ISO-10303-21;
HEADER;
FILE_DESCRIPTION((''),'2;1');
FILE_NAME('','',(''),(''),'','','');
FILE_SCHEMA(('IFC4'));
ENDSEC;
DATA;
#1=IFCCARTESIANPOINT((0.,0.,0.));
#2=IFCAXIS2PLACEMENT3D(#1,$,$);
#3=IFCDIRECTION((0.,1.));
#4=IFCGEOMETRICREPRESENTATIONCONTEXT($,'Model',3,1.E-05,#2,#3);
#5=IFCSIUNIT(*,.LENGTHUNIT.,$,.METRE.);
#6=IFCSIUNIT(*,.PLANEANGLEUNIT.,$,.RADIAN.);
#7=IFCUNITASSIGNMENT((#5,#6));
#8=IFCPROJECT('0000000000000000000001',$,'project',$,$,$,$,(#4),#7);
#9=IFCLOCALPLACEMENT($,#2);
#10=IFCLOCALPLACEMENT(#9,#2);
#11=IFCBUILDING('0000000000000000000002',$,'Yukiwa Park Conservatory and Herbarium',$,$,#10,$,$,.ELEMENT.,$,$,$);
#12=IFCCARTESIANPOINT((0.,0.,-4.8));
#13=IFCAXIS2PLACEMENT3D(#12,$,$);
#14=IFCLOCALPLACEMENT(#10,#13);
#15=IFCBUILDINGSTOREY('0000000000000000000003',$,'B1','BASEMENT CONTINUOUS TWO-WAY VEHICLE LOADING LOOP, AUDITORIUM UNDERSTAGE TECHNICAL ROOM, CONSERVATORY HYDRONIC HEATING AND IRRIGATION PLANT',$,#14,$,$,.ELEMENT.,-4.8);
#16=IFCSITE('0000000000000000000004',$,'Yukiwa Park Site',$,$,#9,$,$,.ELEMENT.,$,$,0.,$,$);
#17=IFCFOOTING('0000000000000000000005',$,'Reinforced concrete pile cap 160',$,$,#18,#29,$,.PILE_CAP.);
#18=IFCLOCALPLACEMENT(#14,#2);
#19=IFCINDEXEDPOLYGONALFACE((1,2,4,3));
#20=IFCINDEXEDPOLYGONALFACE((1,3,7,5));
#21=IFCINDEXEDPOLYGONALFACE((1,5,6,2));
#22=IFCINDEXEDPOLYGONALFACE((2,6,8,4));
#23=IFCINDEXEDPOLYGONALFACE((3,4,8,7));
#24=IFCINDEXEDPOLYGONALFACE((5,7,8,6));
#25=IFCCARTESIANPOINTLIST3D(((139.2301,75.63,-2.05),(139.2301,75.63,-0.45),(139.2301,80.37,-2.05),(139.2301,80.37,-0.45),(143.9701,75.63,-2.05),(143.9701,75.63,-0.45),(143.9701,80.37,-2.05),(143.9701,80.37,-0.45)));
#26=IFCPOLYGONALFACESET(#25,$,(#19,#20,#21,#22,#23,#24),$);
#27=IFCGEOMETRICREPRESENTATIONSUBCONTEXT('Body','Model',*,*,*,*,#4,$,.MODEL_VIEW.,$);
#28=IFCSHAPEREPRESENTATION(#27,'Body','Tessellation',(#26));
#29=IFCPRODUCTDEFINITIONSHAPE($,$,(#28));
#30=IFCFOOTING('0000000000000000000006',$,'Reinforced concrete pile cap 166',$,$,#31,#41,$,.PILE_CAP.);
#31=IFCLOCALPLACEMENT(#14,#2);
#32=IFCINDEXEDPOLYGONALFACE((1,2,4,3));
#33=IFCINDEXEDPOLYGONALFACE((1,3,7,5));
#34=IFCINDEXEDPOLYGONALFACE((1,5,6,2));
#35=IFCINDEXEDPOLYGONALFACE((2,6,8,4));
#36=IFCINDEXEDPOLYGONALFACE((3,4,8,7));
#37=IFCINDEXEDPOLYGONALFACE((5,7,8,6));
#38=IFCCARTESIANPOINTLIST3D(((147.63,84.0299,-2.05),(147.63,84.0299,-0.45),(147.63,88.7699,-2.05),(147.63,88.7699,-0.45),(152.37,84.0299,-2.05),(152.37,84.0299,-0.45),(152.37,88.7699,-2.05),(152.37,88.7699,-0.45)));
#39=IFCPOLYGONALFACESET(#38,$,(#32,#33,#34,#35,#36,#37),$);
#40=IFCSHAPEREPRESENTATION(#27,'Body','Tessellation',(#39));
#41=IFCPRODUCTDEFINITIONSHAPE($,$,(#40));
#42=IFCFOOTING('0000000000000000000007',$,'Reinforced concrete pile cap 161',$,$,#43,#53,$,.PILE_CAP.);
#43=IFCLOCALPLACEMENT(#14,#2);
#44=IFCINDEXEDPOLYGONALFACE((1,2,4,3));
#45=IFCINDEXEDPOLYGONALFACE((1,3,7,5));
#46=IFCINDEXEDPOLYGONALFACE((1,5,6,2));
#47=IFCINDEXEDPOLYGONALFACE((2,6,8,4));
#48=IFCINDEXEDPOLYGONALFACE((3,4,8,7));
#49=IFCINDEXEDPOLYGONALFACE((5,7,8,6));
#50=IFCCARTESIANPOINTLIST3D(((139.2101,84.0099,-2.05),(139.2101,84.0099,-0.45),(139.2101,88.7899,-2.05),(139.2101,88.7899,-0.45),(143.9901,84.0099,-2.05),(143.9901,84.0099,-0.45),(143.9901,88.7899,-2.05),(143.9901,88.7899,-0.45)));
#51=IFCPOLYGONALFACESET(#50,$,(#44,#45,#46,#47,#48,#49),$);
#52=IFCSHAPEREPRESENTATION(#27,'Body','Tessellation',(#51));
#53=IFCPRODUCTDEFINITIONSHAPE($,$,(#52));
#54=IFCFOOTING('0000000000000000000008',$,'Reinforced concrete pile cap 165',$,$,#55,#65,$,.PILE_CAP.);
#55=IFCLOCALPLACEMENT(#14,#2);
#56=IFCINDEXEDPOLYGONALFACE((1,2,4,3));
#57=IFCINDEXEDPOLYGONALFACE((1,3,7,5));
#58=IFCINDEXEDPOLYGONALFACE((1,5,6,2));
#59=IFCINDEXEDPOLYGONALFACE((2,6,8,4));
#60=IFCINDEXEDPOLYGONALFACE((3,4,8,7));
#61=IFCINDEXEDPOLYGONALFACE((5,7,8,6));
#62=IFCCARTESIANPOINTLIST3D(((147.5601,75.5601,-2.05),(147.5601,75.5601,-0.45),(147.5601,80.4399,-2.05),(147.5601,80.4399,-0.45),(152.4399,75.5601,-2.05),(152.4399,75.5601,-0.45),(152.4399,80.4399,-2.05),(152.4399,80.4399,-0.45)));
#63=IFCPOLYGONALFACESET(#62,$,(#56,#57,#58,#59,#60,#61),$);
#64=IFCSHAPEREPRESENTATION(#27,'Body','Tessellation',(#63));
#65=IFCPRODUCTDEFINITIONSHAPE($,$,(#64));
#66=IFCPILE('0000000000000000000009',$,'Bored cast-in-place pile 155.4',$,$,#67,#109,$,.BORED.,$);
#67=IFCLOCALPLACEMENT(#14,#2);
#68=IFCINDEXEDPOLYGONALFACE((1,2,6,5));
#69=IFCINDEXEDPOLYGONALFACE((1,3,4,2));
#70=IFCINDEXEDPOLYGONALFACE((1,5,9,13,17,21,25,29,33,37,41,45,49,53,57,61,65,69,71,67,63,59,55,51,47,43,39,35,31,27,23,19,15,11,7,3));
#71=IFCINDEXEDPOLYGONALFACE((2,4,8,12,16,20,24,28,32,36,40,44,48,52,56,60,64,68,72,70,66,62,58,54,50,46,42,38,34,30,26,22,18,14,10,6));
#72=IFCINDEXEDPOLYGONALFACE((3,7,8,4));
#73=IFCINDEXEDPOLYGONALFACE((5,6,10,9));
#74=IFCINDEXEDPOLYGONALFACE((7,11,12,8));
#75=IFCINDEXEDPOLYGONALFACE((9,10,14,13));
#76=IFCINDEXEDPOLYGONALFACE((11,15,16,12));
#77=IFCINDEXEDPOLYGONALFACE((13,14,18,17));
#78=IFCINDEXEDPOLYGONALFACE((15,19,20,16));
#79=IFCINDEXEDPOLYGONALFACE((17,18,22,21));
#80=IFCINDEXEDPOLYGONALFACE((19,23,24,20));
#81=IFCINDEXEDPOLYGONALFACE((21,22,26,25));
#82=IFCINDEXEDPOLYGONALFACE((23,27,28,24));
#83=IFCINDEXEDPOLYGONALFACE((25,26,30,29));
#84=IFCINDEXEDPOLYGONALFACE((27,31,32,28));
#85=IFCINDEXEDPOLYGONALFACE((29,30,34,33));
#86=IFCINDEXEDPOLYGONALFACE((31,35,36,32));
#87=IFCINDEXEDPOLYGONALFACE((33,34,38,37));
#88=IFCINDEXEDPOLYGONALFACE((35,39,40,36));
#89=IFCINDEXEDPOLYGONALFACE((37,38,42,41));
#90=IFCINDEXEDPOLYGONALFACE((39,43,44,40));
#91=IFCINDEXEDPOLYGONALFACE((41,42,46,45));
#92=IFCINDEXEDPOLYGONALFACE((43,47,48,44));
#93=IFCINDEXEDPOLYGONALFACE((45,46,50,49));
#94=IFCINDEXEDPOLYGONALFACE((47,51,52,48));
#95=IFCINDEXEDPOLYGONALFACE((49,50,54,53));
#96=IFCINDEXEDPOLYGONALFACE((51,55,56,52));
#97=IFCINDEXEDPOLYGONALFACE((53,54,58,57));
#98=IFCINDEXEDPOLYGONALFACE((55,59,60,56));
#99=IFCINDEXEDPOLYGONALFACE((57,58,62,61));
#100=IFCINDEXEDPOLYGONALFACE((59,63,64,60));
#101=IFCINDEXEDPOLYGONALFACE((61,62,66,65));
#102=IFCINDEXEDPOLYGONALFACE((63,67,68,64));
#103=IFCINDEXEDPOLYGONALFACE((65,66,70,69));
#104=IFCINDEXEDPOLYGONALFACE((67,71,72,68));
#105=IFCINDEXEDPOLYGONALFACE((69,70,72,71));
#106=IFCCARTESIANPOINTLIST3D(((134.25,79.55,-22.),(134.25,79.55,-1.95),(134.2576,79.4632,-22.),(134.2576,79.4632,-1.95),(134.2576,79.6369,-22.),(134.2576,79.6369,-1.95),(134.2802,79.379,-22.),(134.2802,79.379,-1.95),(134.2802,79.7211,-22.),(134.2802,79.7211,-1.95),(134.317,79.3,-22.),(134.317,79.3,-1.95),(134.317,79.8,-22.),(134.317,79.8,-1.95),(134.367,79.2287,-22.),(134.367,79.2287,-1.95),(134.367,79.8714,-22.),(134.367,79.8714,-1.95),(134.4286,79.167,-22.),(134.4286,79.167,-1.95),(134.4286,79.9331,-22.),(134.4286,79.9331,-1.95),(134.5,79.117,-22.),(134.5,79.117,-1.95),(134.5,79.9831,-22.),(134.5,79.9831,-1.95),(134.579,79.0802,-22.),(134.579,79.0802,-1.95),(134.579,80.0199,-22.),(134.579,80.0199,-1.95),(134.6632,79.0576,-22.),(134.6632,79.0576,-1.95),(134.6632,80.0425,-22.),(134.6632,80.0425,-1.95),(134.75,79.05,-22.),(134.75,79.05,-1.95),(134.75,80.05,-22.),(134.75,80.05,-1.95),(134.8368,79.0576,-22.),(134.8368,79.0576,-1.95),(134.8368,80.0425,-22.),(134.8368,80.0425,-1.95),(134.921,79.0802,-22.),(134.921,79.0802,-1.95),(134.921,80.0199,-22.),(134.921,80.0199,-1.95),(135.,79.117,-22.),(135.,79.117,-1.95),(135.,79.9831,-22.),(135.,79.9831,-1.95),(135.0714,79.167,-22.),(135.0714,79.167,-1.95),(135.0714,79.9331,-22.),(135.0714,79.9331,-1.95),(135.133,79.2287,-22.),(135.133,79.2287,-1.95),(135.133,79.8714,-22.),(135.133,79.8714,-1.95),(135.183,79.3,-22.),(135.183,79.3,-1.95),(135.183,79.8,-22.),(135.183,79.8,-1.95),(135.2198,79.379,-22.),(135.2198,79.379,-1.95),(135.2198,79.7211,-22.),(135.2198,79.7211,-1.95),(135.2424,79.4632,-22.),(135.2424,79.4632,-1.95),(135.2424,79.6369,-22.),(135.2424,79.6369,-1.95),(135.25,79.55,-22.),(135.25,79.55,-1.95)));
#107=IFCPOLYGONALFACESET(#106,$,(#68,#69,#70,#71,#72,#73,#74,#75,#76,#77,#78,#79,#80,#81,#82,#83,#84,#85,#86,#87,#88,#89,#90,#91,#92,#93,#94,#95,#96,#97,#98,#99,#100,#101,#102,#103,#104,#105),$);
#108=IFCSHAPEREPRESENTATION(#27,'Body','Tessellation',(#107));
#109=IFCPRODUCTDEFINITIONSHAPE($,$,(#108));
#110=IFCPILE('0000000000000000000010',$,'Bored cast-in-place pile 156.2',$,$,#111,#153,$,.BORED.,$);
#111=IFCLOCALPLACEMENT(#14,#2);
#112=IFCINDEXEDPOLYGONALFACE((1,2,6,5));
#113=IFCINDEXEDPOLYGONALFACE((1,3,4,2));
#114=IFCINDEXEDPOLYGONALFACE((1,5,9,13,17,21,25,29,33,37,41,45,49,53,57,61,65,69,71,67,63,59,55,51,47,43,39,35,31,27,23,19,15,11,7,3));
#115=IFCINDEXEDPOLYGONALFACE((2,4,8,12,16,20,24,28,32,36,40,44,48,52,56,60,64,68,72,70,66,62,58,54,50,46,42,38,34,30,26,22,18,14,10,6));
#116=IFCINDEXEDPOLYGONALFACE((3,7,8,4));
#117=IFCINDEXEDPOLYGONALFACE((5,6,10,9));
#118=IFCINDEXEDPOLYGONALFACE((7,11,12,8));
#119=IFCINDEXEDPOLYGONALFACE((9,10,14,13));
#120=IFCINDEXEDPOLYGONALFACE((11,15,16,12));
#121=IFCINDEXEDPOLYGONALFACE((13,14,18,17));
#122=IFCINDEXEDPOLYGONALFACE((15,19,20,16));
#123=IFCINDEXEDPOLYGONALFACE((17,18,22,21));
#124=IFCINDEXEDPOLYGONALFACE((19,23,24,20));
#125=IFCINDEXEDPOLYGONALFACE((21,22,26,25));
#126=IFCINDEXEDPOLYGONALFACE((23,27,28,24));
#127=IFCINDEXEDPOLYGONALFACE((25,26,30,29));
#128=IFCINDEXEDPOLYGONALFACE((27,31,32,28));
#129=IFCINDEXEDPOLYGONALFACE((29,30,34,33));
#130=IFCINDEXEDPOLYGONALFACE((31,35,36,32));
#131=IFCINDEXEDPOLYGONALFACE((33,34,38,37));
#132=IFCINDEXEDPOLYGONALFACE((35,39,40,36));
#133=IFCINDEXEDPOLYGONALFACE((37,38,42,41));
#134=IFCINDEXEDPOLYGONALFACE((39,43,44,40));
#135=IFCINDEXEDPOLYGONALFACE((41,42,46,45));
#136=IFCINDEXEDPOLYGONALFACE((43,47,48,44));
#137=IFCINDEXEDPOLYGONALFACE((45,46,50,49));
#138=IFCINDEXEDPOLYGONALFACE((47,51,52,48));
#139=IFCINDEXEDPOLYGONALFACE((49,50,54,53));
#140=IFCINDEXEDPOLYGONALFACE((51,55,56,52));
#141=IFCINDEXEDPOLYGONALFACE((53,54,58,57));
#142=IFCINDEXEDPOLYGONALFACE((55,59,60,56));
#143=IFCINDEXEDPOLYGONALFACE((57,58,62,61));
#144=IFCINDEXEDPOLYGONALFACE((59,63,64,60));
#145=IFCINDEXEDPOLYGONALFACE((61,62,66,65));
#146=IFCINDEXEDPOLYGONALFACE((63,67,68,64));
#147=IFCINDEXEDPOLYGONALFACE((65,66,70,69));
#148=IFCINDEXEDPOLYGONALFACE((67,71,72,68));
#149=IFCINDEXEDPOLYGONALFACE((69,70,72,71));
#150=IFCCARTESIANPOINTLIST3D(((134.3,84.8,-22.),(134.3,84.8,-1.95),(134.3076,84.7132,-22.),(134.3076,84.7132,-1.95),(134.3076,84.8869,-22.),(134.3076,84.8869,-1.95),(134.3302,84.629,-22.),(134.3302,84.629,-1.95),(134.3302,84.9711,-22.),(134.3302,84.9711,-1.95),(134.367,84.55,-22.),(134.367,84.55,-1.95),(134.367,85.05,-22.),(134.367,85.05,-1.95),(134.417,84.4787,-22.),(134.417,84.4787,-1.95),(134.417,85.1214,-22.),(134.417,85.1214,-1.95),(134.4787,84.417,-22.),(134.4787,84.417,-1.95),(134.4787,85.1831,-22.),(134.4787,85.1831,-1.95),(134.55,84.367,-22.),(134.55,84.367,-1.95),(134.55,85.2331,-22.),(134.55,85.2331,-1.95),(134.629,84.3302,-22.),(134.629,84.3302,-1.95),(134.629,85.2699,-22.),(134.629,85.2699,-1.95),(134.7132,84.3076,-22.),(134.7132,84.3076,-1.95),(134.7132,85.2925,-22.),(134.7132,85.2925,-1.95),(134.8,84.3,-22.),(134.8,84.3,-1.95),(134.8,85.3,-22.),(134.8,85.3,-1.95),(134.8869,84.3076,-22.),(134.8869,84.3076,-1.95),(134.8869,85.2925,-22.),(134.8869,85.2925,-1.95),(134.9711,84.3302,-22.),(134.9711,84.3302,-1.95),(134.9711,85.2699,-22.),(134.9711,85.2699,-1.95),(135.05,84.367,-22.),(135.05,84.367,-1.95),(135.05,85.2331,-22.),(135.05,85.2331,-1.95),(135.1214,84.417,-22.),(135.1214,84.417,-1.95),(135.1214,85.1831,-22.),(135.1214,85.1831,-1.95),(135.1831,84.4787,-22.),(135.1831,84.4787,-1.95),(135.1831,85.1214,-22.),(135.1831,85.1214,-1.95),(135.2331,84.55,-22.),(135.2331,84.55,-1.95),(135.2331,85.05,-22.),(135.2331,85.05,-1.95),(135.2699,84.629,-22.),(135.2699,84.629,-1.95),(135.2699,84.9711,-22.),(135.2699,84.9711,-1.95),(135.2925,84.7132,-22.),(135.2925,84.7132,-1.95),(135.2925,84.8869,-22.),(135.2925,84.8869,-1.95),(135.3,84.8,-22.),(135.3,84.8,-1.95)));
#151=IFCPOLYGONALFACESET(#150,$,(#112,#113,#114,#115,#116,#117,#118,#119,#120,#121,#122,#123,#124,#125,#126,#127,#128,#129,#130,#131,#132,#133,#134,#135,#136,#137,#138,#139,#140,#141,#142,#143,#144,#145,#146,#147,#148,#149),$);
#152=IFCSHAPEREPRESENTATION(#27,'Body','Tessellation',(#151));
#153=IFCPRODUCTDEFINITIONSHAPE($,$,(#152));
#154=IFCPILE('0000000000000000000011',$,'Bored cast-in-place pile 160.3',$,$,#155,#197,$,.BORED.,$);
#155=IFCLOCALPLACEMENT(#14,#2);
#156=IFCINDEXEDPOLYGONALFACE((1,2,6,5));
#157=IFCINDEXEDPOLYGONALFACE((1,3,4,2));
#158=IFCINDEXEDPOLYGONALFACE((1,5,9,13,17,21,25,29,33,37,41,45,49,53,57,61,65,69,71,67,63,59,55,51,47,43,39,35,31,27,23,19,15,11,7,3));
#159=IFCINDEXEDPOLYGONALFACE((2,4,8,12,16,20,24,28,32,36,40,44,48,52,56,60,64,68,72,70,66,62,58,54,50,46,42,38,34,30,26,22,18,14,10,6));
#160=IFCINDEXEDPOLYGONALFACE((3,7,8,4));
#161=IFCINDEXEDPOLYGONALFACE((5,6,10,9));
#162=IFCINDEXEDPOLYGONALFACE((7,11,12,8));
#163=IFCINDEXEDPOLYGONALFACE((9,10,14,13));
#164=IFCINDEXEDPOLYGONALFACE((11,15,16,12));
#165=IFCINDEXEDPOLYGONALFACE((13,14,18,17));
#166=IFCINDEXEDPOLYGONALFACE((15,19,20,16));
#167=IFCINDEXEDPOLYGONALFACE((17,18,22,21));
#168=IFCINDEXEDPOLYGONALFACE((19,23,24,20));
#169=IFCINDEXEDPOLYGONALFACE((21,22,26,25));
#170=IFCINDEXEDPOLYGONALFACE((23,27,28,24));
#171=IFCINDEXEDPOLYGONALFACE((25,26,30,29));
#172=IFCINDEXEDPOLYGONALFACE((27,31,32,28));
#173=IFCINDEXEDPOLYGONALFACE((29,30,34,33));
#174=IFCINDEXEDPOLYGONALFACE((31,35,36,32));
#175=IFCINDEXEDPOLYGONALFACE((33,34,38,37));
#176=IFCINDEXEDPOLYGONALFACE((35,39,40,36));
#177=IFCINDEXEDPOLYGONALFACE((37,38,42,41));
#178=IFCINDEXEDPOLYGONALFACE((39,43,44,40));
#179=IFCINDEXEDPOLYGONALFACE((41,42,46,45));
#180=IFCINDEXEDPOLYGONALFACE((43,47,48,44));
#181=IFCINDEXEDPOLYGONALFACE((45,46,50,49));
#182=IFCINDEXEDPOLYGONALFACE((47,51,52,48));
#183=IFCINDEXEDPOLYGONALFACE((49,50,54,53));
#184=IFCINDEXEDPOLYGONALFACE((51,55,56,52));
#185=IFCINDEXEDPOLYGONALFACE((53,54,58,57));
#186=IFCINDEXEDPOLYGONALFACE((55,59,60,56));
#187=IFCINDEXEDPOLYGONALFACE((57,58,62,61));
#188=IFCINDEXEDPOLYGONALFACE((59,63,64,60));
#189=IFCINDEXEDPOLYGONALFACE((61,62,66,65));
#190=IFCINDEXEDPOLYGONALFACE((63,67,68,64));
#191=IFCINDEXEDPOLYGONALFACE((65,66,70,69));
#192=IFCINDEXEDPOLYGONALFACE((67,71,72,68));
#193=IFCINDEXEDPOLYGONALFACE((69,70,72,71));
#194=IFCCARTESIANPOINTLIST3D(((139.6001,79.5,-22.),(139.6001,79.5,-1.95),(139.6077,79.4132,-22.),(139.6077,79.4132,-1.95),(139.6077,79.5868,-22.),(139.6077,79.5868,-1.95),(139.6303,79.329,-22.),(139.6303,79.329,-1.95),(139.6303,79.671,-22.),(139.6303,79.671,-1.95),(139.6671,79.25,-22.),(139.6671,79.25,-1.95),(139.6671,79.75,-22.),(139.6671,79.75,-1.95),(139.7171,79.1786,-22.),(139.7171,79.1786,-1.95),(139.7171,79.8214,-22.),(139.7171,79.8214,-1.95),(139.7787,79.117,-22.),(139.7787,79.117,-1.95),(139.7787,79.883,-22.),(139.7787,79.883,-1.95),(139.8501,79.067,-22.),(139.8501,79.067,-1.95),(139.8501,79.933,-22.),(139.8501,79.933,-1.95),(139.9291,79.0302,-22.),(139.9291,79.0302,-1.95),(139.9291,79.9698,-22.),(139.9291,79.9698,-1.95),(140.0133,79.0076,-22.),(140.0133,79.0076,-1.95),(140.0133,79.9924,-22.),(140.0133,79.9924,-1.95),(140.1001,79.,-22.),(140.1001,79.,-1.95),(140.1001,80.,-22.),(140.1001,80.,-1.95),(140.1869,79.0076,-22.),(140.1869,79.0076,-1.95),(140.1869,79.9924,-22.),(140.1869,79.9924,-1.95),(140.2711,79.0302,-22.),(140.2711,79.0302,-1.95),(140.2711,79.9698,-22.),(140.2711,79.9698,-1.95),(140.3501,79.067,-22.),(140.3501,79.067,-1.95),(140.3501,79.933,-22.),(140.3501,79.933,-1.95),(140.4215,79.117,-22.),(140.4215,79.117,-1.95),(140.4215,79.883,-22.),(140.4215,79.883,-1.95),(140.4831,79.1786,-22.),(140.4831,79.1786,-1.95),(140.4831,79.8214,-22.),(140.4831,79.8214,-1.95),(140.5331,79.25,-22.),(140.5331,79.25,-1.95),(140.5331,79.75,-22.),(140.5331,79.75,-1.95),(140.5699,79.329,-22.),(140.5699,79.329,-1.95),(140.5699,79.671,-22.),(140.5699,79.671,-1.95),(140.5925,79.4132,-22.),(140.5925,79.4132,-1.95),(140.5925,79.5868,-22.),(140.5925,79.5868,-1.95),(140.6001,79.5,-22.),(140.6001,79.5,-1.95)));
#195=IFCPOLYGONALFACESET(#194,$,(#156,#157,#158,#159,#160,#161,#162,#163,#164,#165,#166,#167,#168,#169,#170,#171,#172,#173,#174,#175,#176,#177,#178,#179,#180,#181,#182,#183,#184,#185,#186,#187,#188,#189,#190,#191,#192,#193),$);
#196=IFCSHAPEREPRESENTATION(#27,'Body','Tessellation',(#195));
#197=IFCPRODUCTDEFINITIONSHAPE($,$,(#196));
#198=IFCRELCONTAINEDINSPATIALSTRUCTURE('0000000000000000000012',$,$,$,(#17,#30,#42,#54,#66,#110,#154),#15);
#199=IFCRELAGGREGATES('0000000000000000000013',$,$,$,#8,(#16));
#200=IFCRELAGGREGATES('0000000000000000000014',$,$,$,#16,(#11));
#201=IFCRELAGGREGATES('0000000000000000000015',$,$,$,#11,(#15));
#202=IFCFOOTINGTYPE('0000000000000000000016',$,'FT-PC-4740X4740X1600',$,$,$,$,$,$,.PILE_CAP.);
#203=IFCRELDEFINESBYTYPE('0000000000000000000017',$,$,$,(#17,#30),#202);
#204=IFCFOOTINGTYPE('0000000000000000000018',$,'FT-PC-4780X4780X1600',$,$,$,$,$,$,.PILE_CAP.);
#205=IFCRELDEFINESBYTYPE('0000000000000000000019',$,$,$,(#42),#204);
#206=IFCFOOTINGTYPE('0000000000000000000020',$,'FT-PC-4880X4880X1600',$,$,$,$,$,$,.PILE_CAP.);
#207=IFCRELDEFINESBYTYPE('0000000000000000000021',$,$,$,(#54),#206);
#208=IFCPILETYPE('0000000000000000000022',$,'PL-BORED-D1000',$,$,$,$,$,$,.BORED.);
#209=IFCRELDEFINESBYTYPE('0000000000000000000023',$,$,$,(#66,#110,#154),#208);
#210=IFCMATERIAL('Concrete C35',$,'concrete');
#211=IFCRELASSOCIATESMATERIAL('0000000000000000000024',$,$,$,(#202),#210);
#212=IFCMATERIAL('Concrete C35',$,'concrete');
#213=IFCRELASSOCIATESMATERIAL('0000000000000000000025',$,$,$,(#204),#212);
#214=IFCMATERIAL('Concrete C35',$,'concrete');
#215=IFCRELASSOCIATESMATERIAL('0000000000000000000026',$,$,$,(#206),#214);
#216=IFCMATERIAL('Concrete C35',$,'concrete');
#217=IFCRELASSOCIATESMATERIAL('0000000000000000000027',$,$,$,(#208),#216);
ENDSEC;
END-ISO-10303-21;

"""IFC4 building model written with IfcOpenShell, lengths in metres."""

from ifc_helpers import new_model, si_unit, direction, frame, origin, origin_2d, place, context, subcontext, project, spatial, rectangle, circle, extrude, material, material_profile, profile_set, type_object, element, save


model = new_model("IFC4")

# Units and contexts
model_context = context("Model", 3, precision=1e-05, world=origin(), true_north=direction((0.0, 1.0)))
body_context = subcontext(model_context, "Body", "Model", "MODEL_VIEW")
ifc_project = project(units=[si_unit("LENGTHUNIT", "METRE"), si_unit("PLANEANGLEUNIT", "RADIAN")], contexts=[model_context])

# Site, building, storey
site_placement = place(None, origin())
site = spatial("IfcSite", under=ifc_project, at=site_placement, Name="Yukiwa Park Site", CompositionType="ELEMENT", RefElevation=0.0)
building_placement = place(site_placement, origin())
building = spatial("IfcBuilding", under=site, at=building_placement, Name="Yukiwa Park Conservatory and Herbarium", CompositionType="ELEMENT")
storey_placement = place(building_placement, frame((0.0, 0.0, -4.8)))
storey = spatial("IfcBuildingStorey", under=building, at=storey_placement, Name="B1", Description="BASEMENT CONTINUOUS TWO-WAY VEHICLE LOADING LOOP, AUDITORIUM UNDERSTAGE TECHNICAL ROOM, CONSERVATORY HYDRONIC HEATING AND IRRIGATION PLANT", CompositionType="ELEMENT", Elevation=-4.8)

# Footings
ifc_material_1 = material(Name="Concrete C35", Category="concrete")
footing_type_1 = type_object("IfcFootingType", Name="FT-PC-4740X4740X1600", PredefinedType="PILE_CAP", material=ifc_material_1)
for number, where, z_axis, x_axis, name in (
    (1, (141.6001, 78.0, -2.05), (0.0, 0.0, 1.0), (1.0, 0.0, 0.0), "Reinforced concrete pile cap 160"),
    (2, (150.0, 86.3999, -2.05), (0.0, 0.0, 1.0), (1.0, 0.0, 0.0), "Reinforced concrete pile cap 166"),
):
    element("IfcFooting", number, at=place(storey_placement, frame(where, z_axis=z_axis, x_axis=x_axis)), inside=storey, type_object=footing_type_1, Name=name, PredefinedType="PILE_CAP", context=body_context, shape_type="SweptSolid", body=[
        extrude(rectangle(XDim=4.74, YDim=4.74, at=origin_2d()), origin(), (0.0, 0.0, 1.0), 1.6001),
    ])
ifc_material_2 = material(Name="Concrete C35", Category="concrete")
footing_type_2 = type_object("IfcFootingType", Name="FT-PC-4780X4780X1600", PredefinedType="PILE_CAP", material=ifc_material_2)
footing_1_placement = place(storey_placement, frame((141.6001, 86.3999, -2.05), z_axis=(0.0, 0.0, 1.0), x_axis=(1.0, 0.0, 0.0)))
element("IfcFooting", 3, at=footing_1_placement, inside=storey, type_object=footing_type_2, Name="Reinforced concrete pile cap 161", PredefinedType="PILE_CAP", context=body_context, shape_type="SweptSolid", body=[
    extrude(rectangle(XDim=4.78, YDim=4.78, at=origin_2d()), origin(), (0.0, 0.0, 1.0), 1.6001),
])
ifc_material_3 = material(Name="Concrete C35", Category="concrete")
footing_type_3 = type_object("IfcFootingType", Name="FT-PC-4880X4880X1600", PredefinedType="PILE_CAP", material=ifc_material_3)
footing_2_placement = place(storey_placement, frame((150.0, 78.0, -2.05), z_axis=(0.0, 0.0, 1.0), x_axis=(1.0, 0.0, 0.0)))
element("IfcFooting", 4, at=footing_2_placement, inside=storey, type_object=footing_type_3, Name="Reinforced concrete pile cap 165", PredefinedType="PILE_CAP", context=body_context, shape_type="SweptSolid", body=[
    extrude(rectangle(XDim=4.8799, YDim=4.8799, at=origin_2d()), origin(), (0.0, 0.0, 1.0), 1.6001),
])

# Piles
ifc_material_4 = material(Name="Concrete C35", Category="concrete")
ifc_material_profile_1 = material_profile(ifc_material_4, circle(Radius=0.5, at=origin_2d()), Name="PILE D1000")
ifc_profile_set_1 = profile_set([ifc_material_profile_1], Name="Concrete C35")
pile_type = type_object("IfcPileType", Name="PL-BORED-D1000", PredefinedType="BORED", material=ifc_profile_set_1)
for number, where, z_axis, x_axis, name in (
    (5, (134.75, 79.55, -1.95), (0.0, 0.0, -1.0), (1.0, 0.0, 0.0), "Bored cast-in-place pile 155.4"),
    (6, (134.8, 84.8, -1.95), (0.0, 0.0, -1.0), (1.0, 0.0, 0.0), "Bored cast-in-place pile 156.2"),
    (7, (140.1001, 79.5, -1.95), (0.0, 0.0, -1.0), (1.0, 0.0, 0.0), "Bored cast-in-place pile 160.3"),
):
    element("IfcPile", number, at=place(storey_placement, frame(where, z_axis=z_axis, x_axis=x_axis)), inside=storey, type_object=pile_type, Name=name, PredefinedType="BORED", context=body_context, shape_type="SweptSolid", body=[
        extrude(circle(Radius=0.5, at=origin_2d()), origin(), (0.0, 0.0, 1.0), 20.05),
    ])

save(model, "model.ifc")
